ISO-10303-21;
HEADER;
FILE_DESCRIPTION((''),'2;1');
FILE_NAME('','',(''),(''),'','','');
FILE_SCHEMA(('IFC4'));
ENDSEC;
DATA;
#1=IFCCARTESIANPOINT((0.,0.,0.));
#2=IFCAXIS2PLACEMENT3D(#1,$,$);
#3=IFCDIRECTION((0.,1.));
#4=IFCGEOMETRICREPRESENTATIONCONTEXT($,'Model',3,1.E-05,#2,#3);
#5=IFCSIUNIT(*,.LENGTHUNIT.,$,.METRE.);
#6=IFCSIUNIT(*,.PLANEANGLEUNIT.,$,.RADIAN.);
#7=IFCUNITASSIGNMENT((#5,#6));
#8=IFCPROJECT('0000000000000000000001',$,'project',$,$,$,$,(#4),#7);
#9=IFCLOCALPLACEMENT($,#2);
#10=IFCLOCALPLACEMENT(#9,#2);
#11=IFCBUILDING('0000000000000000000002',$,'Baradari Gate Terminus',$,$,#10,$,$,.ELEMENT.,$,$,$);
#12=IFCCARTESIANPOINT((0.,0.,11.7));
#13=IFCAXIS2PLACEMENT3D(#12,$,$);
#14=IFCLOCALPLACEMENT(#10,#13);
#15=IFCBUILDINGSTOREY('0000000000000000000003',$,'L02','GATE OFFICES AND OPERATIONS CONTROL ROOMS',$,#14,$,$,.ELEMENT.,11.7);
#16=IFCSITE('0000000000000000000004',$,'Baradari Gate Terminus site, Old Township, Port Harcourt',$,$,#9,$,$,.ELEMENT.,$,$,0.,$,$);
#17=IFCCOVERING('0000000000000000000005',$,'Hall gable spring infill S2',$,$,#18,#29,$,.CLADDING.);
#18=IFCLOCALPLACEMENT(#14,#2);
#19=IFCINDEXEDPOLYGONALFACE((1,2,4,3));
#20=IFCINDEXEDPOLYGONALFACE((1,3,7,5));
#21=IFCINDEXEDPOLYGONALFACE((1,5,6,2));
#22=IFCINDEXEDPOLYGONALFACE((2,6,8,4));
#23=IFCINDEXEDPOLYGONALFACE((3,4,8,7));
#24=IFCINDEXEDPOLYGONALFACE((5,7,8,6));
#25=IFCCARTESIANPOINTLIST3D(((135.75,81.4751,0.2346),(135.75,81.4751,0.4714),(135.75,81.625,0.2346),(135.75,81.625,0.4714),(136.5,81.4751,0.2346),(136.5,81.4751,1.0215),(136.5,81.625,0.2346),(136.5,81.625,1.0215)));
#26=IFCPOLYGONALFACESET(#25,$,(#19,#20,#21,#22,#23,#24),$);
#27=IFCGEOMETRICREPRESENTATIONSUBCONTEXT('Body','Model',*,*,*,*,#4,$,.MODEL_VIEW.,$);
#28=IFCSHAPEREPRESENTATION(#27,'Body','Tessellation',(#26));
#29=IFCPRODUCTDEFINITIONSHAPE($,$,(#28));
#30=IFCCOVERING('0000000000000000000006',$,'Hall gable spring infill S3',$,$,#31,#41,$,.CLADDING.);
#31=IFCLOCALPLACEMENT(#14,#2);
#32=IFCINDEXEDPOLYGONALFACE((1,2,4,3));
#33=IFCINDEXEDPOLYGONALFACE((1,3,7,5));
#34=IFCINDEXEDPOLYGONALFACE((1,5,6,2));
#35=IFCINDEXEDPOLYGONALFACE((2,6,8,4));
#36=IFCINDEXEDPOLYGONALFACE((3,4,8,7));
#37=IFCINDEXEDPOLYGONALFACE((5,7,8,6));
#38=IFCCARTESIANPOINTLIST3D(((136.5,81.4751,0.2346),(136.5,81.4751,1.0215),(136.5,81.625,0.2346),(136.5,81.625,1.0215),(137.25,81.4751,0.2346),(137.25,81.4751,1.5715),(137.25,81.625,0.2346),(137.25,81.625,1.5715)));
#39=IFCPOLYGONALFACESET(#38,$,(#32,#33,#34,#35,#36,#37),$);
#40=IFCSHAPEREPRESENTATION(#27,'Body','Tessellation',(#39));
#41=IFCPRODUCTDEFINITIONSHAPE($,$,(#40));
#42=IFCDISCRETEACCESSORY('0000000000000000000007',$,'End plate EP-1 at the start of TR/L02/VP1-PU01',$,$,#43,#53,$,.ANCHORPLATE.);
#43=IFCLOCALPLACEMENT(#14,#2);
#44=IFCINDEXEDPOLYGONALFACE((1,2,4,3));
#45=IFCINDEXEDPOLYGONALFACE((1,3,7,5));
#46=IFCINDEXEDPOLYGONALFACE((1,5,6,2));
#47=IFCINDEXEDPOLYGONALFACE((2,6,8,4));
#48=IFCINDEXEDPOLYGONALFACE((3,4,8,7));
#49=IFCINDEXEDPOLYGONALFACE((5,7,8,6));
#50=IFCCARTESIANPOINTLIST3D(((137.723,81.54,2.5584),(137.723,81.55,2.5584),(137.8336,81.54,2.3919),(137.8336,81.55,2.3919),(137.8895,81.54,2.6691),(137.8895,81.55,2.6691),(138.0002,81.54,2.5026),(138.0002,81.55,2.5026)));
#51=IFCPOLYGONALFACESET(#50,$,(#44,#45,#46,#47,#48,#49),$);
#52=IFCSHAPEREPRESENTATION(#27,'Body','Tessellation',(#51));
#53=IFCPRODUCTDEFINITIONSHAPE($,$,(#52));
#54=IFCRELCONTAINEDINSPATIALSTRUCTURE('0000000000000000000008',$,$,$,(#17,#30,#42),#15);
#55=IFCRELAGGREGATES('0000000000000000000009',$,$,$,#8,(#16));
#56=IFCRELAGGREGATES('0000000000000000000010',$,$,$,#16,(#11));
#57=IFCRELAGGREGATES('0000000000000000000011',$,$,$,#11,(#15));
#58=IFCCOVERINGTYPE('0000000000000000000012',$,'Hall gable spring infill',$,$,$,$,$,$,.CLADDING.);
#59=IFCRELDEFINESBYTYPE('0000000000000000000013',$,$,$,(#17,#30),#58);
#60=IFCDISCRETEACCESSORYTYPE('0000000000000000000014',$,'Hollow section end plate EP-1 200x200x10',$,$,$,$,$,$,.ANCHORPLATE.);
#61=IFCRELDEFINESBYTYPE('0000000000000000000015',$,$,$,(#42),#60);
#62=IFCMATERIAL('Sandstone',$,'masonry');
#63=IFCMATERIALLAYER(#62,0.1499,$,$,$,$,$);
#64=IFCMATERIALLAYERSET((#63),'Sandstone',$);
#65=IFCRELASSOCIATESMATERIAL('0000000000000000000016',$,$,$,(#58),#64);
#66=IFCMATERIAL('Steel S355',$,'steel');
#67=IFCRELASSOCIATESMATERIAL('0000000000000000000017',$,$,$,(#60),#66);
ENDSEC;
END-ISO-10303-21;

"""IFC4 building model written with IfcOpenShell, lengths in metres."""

from ifc_helpers import new_model, si_unit, direction, frame, origin, origin_2d, place, context, subcontext, project, spatial, polyline, rectangle, outline, extrude, material, layer, layer_set, type_object, element, save


model = new_model("IFC4")

# Units and contexts
model_context = context("Model", 3, precision=1e-05, world=origin(), true_north=direction((0.0, 1.0)))
body_context = subcontext(model_context, "Body", "Model", "MODEL_VIEW")
ifc_project = project(units=[si_unit("LENGTHUNIT", "METRE"), si_unit("PLANEANGLEUNIT", "RADIAN")], contexts=[model_context])

# Site, building, storey
site_placement = place(None, origin())
site = spatial("IfcSite", under=ifc_project, at=site_placement, Name="Baradari Gate Terminus site, Old Township, Port Harcourt", CompositionType="ELEMENT", RefElevation=0.0)
building_placement = place(site_placement, origin())
building = spatial("IfcBuilding", under=site, at=building_placement, Name="Baradari Gate Terminus", CompositionType="ELEMENT")
storey_placement = place(building_placement, frame((0.0, 0.0, 11.7)))
storey = spatial("IfcBuildingStorey", under=building, at=storey_placement, Name="L02", Description="GATE OFFICES AND OPERATIONS CONTROL ROOMS", CompositionType="ELEMENT", Elevation=11.7)

# Coverings
ifc_material_1 = material(Name="Sandstone", Category="masonry")
ifc_layer_1 = layer(ifc_material_1, 0.1499)
ifc_layer_set_1 = layer_set([ifc_layer_1], Name="Sandstone")
covering_type_1 = type_object("IfcCoveringType", Name="Hall gable spring infill", PredefinedType="CLADDING", material=ifc_layer_set_1)
covering_1_placement = place(storey_placement, frame((135.75, 81.55, 0.2346), z_axis=(0.0, 0.0, 1.0), x_axis=(1.0, 0.0, 0.0)))
element("IfcCovering", 1, at=covering_1_placement, inside=storey, type_object=covering_type_1, Name="Hall gable spring infill S2", PredefinedType="CLADDING", context=body_context, shape_type="SweptSolid", body=[
    extrude(outline(polyline([(0.0, 0.0), (0.75, 0.0), (0.75, 0.7869), (0.0, 0.2368), (0.0, 0.0)])), frame((0.0, 0.075, 0.0), z_axis=(0.0, -1.0, 0.0), x_axis=(1.0, 0.0, 0.0)), (0.0, 0.0, 1.0), 0.1499),
])
covering_2_placement = place(storey_placement, frame((136.5, 81.55, 0.2346), z_axis=(0.0, 0.0, 1.0), x_axis=(1.0, 0.0, 0.0)))
element("IfcCovering", 2, at=covering_2_placement, inside=storey, type_object=covering_type_1, Name="Hall gable spring infill S3", PredefinedType="CLADDING", context=body_context, shape_type="SweptSolid", body=[
    extrude(outline(polyline([(0.0, 0.0), (0.75, 0.0), (0.75, 1.3369), (0.0, 0.7869), (0.0, 0.0)])), frame((0.0, 0.075, 0.0), z_axis=(0.0, -1.0, 0.0), x_axis=(1.0, 0.0, 0.0)), (0.0, 0.0, 1.0), 0.1499),
])

# Discrete accessory
ifc_material_2 = material(Name="Steel S355", Category="steel")
discrete_accessory_type = type_object("IfcDiscreteAccessoryType", Name="Hollow section end plate EP-1 200x200x10", PredefinedType="ANCHORPLATE", material=ifc_material_2)
discrete_accessory_placement = place(storey_placement, frame((137.8616, 81.54, 2.5305), z_axis=(0.0, 1.0, 0.0), x_axis=(-0.832836, 0.0, -0.553519)))
element("IfcDiscreteAccessory", 3, at=discrete_accessory_placement, inside=storey, type_object=discrete_accessory_type, Name="End plate EP-1 at the start of TR/L02/VP1-PU01", PredefinedType="ANCHORPLATE", context=body_context, shape_type="SweptSolid", body=[
    extrude(rectangle(XDim=0.2, YDim=0.2, at=origin_2d()), origin(), (0.0, 0.0, 1.0), 0.01),
])

save(model, "model.ifc")
